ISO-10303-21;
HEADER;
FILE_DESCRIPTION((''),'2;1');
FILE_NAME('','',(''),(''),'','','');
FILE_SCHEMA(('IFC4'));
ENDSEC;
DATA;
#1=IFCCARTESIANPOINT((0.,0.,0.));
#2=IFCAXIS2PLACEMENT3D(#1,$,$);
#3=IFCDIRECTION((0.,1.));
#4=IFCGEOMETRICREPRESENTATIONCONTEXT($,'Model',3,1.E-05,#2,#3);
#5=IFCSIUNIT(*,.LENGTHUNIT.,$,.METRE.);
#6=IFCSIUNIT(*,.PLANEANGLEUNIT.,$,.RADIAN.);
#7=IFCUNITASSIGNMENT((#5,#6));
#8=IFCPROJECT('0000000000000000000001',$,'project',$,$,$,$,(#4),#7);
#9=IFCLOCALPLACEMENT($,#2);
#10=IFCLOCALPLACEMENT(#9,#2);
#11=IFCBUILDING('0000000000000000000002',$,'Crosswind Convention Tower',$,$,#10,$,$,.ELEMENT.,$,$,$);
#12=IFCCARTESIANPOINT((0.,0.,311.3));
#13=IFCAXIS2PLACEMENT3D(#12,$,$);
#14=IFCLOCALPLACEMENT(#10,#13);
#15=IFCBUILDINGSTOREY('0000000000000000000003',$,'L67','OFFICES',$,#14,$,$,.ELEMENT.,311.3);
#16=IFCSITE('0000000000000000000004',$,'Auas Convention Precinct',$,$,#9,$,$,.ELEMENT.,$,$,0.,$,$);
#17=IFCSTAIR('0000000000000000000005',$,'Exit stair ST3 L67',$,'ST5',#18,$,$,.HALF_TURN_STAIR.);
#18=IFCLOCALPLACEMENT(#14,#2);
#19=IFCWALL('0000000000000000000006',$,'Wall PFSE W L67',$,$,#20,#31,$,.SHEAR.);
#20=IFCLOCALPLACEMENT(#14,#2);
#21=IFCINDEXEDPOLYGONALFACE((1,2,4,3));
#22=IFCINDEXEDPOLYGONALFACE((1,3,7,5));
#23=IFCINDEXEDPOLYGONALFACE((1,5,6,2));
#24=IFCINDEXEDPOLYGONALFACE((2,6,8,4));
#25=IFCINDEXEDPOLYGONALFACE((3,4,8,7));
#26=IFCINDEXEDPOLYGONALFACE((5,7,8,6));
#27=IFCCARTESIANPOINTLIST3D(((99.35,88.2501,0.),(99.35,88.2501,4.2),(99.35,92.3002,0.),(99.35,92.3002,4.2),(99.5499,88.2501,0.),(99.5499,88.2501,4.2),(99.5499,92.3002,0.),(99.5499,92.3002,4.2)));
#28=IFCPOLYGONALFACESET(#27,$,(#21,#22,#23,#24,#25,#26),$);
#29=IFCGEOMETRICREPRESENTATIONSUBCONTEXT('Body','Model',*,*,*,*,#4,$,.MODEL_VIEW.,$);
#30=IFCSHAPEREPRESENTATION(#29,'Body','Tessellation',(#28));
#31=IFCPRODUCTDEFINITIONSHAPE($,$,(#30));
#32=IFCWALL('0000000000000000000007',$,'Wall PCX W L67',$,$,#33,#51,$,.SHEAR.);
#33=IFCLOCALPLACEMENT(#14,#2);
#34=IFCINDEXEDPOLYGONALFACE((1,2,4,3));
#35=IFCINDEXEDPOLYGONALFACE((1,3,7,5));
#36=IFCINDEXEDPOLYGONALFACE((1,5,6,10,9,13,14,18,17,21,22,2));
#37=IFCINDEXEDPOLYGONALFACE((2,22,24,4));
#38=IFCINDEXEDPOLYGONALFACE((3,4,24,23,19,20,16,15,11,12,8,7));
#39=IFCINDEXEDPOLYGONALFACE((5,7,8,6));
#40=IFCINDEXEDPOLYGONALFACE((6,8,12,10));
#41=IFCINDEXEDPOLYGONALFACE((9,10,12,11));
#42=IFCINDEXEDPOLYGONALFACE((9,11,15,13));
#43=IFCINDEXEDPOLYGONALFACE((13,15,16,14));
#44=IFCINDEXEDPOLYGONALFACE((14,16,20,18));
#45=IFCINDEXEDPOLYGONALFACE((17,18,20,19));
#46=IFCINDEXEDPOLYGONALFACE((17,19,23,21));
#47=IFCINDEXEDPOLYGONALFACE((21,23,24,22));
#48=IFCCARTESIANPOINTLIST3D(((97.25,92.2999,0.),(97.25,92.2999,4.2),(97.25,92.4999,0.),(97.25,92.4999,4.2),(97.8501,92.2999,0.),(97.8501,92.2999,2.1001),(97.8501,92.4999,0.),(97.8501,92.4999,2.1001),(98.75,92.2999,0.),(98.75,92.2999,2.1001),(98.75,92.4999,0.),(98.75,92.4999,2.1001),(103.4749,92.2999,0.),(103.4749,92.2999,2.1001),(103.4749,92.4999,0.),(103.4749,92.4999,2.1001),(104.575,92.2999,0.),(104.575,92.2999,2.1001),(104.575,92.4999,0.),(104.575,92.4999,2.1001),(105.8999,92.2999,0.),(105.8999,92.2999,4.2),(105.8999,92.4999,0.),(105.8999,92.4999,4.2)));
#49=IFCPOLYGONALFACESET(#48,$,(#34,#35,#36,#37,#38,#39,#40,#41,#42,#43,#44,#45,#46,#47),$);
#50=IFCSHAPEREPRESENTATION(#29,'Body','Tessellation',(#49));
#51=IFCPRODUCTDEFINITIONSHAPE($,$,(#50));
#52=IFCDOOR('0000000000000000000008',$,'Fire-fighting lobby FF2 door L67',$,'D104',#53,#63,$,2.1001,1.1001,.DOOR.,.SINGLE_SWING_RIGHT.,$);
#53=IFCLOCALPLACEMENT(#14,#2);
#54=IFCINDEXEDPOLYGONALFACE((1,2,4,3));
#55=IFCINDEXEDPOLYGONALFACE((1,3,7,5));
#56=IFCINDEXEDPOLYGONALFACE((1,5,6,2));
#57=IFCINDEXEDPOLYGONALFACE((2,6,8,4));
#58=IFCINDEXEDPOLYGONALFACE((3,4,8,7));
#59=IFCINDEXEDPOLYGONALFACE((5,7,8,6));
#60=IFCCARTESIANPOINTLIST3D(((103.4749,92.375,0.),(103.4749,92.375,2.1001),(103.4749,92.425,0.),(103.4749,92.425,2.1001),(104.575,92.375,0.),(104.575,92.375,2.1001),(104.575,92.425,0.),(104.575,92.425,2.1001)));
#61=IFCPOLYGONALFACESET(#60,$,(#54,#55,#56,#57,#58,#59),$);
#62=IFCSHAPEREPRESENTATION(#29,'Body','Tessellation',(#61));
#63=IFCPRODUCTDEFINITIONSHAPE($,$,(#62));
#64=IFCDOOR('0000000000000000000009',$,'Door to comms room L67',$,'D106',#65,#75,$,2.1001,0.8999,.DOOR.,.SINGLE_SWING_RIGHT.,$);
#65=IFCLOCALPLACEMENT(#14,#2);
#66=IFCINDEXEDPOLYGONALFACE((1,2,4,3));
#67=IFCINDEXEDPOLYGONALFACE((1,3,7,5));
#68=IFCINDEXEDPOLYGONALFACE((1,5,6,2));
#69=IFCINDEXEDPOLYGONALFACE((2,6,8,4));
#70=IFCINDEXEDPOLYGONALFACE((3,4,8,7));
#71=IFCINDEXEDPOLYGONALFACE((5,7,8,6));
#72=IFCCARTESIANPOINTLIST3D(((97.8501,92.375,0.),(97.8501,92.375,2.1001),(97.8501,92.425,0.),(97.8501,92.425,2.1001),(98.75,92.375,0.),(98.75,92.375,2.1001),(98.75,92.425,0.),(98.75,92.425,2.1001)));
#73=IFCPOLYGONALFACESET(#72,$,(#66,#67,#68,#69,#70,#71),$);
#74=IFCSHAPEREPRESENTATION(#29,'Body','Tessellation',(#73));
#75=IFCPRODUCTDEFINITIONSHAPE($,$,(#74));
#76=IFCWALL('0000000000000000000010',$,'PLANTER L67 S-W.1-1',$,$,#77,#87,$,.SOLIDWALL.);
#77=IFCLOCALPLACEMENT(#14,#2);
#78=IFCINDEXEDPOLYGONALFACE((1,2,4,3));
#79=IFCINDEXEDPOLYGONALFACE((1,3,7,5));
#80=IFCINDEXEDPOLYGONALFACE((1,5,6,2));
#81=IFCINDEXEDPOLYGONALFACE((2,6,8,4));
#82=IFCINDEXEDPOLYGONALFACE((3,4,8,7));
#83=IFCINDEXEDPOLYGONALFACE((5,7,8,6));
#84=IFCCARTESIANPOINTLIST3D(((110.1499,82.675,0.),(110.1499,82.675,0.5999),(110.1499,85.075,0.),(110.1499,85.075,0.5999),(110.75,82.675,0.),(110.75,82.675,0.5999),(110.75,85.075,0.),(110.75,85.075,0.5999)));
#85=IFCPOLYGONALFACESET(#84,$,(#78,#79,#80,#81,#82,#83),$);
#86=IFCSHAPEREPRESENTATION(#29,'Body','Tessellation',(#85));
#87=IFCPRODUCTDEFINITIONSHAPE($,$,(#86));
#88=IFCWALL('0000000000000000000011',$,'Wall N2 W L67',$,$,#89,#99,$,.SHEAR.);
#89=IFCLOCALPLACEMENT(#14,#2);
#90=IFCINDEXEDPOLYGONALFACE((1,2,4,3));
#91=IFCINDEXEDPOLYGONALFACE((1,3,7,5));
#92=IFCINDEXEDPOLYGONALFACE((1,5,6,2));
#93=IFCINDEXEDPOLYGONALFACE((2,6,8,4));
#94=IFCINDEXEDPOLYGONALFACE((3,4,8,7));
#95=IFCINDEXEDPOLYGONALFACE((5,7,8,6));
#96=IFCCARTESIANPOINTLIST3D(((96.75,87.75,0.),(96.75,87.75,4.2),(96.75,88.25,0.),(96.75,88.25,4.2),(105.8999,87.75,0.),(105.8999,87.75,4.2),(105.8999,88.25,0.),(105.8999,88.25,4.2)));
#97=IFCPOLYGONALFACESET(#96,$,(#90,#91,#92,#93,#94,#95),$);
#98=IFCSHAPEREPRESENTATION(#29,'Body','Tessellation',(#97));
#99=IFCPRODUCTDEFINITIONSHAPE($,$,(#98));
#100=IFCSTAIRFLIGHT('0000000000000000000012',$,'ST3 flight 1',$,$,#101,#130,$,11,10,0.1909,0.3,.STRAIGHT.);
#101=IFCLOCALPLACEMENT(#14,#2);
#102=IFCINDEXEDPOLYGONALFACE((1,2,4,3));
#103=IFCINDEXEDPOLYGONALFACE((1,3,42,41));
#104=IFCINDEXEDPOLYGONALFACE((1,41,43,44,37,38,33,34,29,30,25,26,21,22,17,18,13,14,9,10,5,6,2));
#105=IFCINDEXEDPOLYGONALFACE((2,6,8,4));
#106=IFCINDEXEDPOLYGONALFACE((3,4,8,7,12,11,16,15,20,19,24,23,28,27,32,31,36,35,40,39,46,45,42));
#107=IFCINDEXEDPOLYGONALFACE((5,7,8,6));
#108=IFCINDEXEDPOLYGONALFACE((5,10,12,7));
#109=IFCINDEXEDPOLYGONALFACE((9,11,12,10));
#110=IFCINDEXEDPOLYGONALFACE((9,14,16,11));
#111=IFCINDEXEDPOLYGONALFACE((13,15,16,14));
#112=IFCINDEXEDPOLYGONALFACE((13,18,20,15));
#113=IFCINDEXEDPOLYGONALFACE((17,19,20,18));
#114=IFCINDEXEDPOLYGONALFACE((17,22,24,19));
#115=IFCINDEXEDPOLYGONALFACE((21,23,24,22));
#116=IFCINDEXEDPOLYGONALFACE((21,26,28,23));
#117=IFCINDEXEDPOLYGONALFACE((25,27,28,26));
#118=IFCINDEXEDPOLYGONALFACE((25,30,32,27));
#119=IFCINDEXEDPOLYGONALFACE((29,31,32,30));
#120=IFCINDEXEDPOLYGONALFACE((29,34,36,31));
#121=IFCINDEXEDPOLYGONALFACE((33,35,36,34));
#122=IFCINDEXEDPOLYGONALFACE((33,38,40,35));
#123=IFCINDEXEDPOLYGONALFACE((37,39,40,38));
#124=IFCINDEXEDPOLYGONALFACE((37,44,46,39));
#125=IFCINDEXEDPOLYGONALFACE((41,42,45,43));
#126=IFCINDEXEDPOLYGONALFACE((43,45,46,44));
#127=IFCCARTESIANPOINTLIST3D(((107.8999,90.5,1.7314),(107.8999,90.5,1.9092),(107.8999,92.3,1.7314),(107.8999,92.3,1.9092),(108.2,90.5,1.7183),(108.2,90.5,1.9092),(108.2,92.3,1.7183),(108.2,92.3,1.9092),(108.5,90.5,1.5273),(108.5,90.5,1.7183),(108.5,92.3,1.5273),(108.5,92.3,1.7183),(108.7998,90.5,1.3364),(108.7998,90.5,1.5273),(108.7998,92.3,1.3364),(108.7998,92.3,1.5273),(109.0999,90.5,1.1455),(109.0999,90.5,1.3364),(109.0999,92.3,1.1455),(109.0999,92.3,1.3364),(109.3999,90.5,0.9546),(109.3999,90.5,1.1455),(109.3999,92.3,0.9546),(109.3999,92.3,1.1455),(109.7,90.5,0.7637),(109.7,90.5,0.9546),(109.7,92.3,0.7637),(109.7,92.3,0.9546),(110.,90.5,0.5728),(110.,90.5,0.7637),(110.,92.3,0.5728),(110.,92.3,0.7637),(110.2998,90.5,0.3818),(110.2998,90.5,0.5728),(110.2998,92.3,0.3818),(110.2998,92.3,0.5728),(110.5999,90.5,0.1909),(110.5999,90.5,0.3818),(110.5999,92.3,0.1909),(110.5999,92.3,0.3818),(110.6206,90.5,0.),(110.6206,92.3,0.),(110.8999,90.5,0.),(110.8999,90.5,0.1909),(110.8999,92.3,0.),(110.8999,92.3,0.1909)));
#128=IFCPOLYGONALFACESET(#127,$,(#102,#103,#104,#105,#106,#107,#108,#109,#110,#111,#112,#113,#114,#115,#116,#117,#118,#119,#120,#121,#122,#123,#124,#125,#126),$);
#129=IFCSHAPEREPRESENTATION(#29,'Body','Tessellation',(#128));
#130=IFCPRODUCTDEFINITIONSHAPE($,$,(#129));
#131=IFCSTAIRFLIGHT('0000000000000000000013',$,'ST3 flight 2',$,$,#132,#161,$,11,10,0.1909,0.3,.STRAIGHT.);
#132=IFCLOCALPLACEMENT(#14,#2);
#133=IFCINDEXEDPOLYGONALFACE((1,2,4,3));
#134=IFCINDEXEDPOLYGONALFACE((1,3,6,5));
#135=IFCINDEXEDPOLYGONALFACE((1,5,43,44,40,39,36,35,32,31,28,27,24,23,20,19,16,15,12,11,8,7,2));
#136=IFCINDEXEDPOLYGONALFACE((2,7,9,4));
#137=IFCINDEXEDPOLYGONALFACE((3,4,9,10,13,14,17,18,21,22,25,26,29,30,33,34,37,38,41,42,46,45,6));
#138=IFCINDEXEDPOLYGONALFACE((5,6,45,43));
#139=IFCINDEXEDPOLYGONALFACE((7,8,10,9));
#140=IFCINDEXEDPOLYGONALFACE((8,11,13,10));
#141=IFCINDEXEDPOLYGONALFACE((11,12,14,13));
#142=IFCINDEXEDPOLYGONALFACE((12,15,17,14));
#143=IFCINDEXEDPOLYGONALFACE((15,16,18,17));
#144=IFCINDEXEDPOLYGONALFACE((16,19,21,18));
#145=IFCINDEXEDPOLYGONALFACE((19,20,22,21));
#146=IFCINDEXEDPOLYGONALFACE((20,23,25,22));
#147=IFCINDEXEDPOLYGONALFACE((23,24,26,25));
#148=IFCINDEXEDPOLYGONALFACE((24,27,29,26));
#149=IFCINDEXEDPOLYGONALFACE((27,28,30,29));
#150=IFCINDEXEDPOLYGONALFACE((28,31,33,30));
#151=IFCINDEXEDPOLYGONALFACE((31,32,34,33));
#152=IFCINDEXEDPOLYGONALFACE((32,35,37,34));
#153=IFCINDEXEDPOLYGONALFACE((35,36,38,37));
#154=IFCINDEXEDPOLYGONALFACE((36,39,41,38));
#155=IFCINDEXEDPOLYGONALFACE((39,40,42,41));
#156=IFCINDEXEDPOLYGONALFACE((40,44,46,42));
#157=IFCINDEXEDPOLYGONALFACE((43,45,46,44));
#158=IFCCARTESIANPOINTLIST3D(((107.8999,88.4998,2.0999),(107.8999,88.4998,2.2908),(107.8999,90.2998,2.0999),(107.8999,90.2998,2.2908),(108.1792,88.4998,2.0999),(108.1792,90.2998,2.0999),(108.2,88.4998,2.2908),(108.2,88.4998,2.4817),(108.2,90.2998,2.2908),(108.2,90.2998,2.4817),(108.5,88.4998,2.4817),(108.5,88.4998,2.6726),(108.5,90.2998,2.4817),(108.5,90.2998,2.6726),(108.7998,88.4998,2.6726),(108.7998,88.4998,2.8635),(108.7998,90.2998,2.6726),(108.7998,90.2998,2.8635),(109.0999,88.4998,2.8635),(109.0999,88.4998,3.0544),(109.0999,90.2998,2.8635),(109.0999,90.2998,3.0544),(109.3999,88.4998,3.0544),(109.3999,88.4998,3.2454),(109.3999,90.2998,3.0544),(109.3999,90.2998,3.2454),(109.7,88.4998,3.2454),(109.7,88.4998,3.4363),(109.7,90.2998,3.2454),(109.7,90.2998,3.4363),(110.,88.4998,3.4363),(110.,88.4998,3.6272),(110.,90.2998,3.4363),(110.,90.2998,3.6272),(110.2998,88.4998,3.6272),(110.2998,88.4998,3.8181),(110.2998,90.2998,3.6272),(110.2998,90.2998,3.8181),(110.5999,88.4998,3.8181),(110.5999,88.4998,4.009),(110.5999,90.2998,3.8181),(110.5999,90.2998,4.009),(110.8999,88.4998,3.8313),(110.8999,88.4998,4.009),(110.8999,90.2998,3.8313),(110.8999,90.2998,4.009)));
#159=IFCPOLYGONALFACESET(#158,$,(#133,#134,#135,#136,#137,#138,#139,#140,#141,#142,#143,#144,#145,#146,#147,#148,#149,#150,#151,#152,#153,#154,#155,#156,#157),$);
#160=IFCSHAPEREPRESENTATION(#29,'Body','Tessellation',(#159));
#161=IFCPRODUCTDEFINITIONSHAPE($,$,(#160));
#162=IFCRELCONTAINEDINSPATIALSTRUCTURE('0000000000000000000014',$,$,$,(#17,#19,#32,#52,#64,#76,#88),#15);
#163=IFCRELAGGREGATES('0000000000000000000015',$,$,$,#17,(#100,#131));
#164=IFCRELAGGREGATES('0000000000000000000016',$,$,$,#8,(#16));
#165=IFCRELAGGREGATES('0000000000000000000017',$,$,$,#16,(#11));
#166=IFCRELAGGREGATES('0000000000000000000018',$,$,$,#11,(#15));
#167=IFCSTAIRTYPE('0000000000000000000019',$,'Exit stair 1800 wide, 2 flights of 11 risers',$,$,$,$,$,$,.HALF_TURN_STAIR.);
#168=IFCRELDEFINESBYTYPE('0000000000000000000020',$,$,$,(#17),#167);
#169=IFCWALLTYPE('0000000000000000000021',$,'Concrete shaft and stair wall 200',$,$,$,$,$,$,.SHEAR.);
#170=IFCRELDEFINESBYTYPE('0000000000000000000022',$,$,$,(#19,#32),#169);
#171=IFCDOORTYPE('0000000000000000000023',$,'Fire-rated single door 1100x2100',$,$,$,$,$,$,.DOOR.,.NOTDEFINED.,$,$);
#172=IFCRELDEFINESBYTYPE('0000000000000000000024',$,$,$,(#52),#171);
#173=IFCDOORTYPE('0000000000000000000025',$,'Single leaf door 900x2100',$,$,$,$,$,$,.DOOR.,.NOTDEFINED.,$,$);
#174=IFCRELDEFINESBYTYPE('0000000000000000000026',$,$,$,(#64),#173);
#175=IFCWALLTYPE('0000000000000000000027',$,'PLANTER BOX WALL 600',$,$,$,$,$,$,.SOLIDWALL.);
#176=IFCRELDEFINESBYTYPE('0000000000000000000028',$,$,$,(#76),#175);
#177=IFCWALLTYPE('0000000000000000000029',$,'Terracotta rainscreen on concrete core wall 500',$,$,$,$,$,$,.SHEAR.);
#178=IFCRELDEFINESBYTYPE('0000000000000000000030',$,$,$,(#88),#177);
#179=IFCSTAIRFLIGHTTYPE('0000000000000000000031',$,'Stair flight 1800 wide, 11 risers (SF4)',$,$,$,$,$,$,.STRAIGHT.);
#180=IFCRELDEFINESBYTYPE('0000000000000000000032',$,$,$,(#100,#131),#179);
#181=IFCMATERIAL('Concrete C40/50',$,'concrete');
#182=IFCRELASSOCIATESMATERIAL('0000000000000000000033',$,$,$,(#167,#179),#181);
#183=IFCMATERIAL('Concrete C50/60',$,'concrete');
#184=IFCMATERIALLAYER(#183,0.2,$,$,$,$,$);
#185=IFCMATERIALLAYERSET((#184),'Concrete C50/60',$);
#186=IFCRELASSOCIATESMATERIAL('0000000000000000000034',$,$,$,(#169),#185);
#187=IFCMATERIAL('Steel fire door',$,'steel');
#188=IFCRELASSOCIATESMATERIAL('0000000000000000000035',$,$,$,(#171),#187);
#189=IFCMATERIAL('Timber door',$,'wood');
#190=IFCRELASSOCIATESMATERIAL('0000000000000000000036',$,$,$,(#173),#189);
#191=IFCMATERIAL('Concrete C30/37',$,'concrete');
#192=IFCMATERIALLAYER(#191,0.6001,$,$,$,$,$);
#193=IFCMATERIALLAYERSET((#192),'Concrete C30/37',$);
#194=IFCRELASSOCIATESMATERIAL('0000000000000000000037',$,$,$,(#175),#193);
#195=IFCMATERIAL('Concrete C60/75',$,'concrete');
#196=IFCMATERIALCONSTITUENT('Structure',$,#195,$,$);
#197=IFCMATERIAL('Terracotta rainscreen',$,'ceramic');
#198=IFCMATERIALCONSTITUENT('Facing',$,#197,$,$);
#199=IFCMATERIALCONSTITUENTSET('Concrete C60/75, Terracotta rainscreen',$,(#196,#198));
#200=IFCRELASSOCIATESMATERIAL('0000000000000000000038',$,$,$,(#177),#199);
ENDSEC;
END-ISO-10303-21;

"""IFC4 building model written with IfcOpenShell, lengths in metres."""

from ifc_helpers import new_model, si_unit, direction, frame, frame_2d, origin, place, context, subcontext, project, spatial, polyline, rectangle, outline, extrude, material, layer, layer_set, constituent, constituent_set, type_object, element, fill, aggregate, save


model = new_model("IFC4")

# Units and contexts
model_context = context("Model", 3, precision=1e-05, world=origin(), true_north=direction((0.0, 1.0)))
body_context = subcontext(model_context, "Body", "Model", "MODEL_VIEW")
ifc_project = project(units=[si_unit("LENGTHUNIT", "METRE"), si_unit("PLANEANGLEUNIT", "RADIAN")], contexts=[model_context])

# Site, building, storey
site_placement = place(None, origin())
site = spatial("IfcSite", under=ifc_project, at=site_placement, Name="Auas Convention Precinct", CompositionType="ELEMENT", RefElevation=0.0)
building_placement = place(site_placement, origin())
building = spatial("IfcBuilding", under=site, at=building_placement, Name="Crosswind Convention Tower", CompositionType="ELEMENT")
storey_placement = place(building_placement, frame((0.0, 0.0, 311.3)))
storey = spatial("IfcBuildingStorey", under=building, at=storey_placement, Name="L67", Description="OFFICES", CompositionType="ELEMENT", Elevation=311.3)

# Shared definitions
ifc_material_1 = material(Name="Concrete C40/50", Category="concrete")

# Stair
stair_type = type_object("IfcStairType", Name="Exit stair 1800 wide, 2 flights of 11 risers", PredefinedType="HALF_TURN_STAIR", material=ifc_material_1)
stair_1_placement = place(storey_placement, origin())
stair_1 = element("IfcStair", 1, at=stair_1_placement, inside=storey, type_object=stair_type, Name="Exit stair ST3 L67", ObjectType="ST5", PredefinedType="HALF_TURN_STAIR")

# Shared definitions
ifc_material_2 = material(Name="Concrete C50/60", Category="concrete")
ifc_layer_1 = layer(ifc_material_2, 0.2)
ifc_layer_set_1 = layer_set([ifc_layer_1], Name="Concrete C50/60")
wall_type_1 = type_object("IfcWallType", Name="Concrete shaft and stair wall 200", PredefinedType="SHEAR", material=ifc_layer_set_1)

# Wall
wall_1_placement = place(storey_placement, frame((99.45, 92.3, 0.0), z_axis=(0.0, 0.0, 1.0), x_axis=(0.0, -1.0, 0.0)))
element("IfcWall", 2, at=wall_1_placement, inside=storey, type_object=wall_type_1, Name="Wall PFSE W L67", PredefinedType="SHEAR", context=body_context, shape_type="SweptSolid", body=[
    extrude(rectangle(XDim=4.05, YDim=0.2, at=frame_2d((2.0249, 0.0))), origin(), (0.0, 0.0, 1.0), 4.2),
])

# Wall, openings, doors
wall_2_placement = place(storey_placement, frame((105.8999, 92.3999, 0.0), z_axis=(0.0, 0.0, 1.0), x_axis=(-1.0, 0.0, 0.0)))
wall_2 = element("IfcWall", 3, at=wall_2_placement, inside=storey, type_object=wall_type_1, Name="Wall PCX W L67", PredefinedType="SHEAR", context=body_context, shape_type="SweptSolid", body=[
    extrude(rectangle(XDim=8.6499, YDim=0.2, at=frame_2d((4.325, 0.0))), origin(), (0.0, 0.0, 1.0), 4.2),
])
opening_1_placement = place(wall_2_placement, frame((1.325, 0.0, 0.0)))
opening_1 = element("IfcOpeningElement", 4, at=opening_1_placement, cuts=wall_2, PredefinedType="OPENING", context=body_context, shape_type="SweptSolid", body=[
    extrude(rectangle(XDim=1.1001, YDim=2.1001, at=frame_2d((0.55, 1.05))), frame((0.0, 0.1099, 0.0), z_axis=(0.0, -1.0, 0.0), x_axis=(1.0, 0.0, 0.0)), (0.0, 0.0, 1.0), 0.22),
])
opening_2_placement = place(wall_2_placement, frame((7.1499, 0.0, 0.0)))
opening_2 = element("IfcOpeningElement", 5, at=opening_2_placement, cuts=wall_2, PredefinedType="OPENING", context=body_context, shape_type="SweptSolid", body=[
    extrude(rectangle(XDim=0.8999, YDim=2.1001, at=frame_2d((0.45, 1.05))), frame((0.0, 0.1099, 0.0), z_axis=(0.0, -1.0, 0.0), x_axis=(1.0, 0.0, 0.0)), (0.0, 0.0, 1.0), 0.22),
])
ifc_material_3 = material(Name="Steel fire door", Category="steel")
door_type_1 = type_object("IfcDoorType", Name="Fire-rated single door 1100x2100", OperationType="NOTDEFINED", PredefinedType="DOOR", material=ifc_material_3)
door_1_placement = place(opening_1_placement, origin())
door_1 = element("IfcDoor", 6, at=door_1_placement, inside=storey, type_object=door_type_1, Name="Fire-fighting lobby FF2 door L67", ObjectType="D104", OperationType="SINGLE_SWING_RIGHT", OverallHeight=2.1001, OverallWidth=1.1001, PredefinedType="DOOR", context=body_context, shape_type="SweptSolid", body=[
    extrude(rectangle(XDim=1.1001, YDim=2.1001, at=frame_2d((0.55, 1.05))), frame((0.0, 0.0249, 0.0), z_axis=(0.0, -1.0, 0.0), x_axis=(1.0, 0.0, 0.0)), (0.0, 0.0, 1.0), 0.05),
])
fill(opening_1, door_1)
ifc_material_4 = material(Name="Timber door", Category="wood")
door_type_2 = type_object("IfcDoorType", Name="Single leaf door 900x2100", OperationType="NOTDEFINED", PredefinedType="DOOR", material=ifc_material_4)
door_2_placement = place(opening_2_placement, origin())
door_2 = element("IfcDoor", 7, at=door_2_placement, inside=storey, type_object=door_type_2, Name="Door to comms room L67", ObjectType="D106", OperationType="SINGLE_SWING_RIGHT", OverallHeight=2.1001, OverallWidth=0.8999, PredefinedType="DOOR", context=body_context, shape_type="SweptSolid", body=[
    extrude(rectangle(XDim=0.8999, YDim=2.1001, at=frame_2d((0.45, 1.05))), frame((0.0, 0.0249, 0.0), z_axis=(0.0, -1.0, 0.0), x_axis=(1.0, 0.0, 0.0)), (0.0, 0.0, 1.0), 0.05),
])
fill(opening_2, door_2)

# Wall
ifc_material_5 = material(Name="Concrete C30/37", Category="concrete")
ifc_layer_2 = layer(ifc_material_5, 0.6001)
ifc_layer_set_2 = layer_set([ifc_layer_2], Name="Concrete C30/37")
wall_type_2 = type_object("IfcWallType", Name="PLANTER BOX WALL 600", PredefinedType="SOLIDWALL", material=ifc_layer_set_2)
wall_3_placement = place(storey_placement, frame((110.45, 85.075, 0.0), z_axis=(0.0, 0.0, 1.0), x_axis=(0.0, -1.0, 0.0)))
element("IfcWall", 8, at=wall_3_placement, inside=storey, type_object=wall_type_2, Name="PLANTER L67 S-W.1-1", PredefinedType="SOLIDWALL", context=body_context, shape_type="SweptSolid", body=[
    extrude(rectangle(XDim=2.3999, YDim=0.6001, at=frame_2d((1.2, 0.0))), origin(), (0.0, 0.0, 1.0), 0.5999),
])

# Shared definitions
ifc_material_6 = material(Name="Terracotta rainscreen", Category="ceramic")

# Wall
ifc_material_7 = material(Name="Concrete C60/75", Category="concrete")
ifc_constituent_1 = constituent(ifc_material_7, Name="Structure")
ifc_constituent_2 = constituent(ifc_material_6, Name="Facing")
ifc_constituent_set = constituent_set(constituents=[ifc_constituent_1, ifc_constituent_2], Name="Concrete C60/75, Terracotta rainscreen")
wall_type_3 = type_object("IfcWallType", Name="Terracotta rainscreen on concrete core wall 500", PredefinedType="SHEAR", material=ifc_constituent_set)
wall_4_placement = place(storey_placement, frame((105.8999, 88.0, 0.0), z_axis=(0.0, 0.0, 1.0), x_axis=(-1.0, 0.0, 0.0)))
element("IfcWall", 9, at=wall_4_placement, inside=storey, type_object=wall_type_3, Name="Wall N2 W L67", PredefinedType="SHEAR", context=body_context, shape_type="SweptSolid", body=[
    extrude(rectangle(XDim=9.1499, YDim=0.5, at=frame_2d((4.575, 0.0))), origin(), (0.0, 0.0, 1.0), 4.2),
])

# Stair flights
stair_flight_type = type_object("IfcStairFlightType", Name="Stair flight 1800 wide, 11 risers (SF4)", PredefinedType="STRAIGHT", material=ifc_material_1)
stair_flight_1_placement = place(storey_placement, frame((110.8999, 91.3999, 0.0), z_axis=(0.0, 0.0, 1.0), x_axis=(-1.0, 0.0, 0.0)))
stair_flight_1 = element("IfcStairFlight", 10, at=stair_flight_1_placement, type_object=stair_flight_type, Name="ST3 flight 1", NumberOfRisers=11, NumberOfTreads=10, PredefinedType="STRAIGHT", RiserHeight=0.1909, TreadLength=0.3, context=body_context, shape_type="SweptSolid", body=[
    extrude(outline(polyline([(0.0, 0.0), (0.0, 0.1909), (0.3, 0.1909), (0.3, 0.3818), (0.6001, 0.3818), (0.6001, 0.5728), (0.8999, 0.5728), (0.8999, 0.7637), (1.2, 0.7637), (1.2, 0.9546), (1.5, 0.9546), (1.5, 1.1455), (1.8, 1.1455), (1.8, 1.3364), (2.1001, 1.3364), (2.1001, 1.5273), (2.3999, 1.5273), (2.3999, 1.7183), (2.7, 1.7183), (2.7, 1.9092), (3.0, 1.9092), (3.0, 2.1001), (3.0, 1.7314), (0.2793, 0.0), (0.0, 0.0)])), frame((0.0, 0.8999, 0.0), z_axis=(0.0, -1.0, 0.0), x_axis=(1.0, 0.0, 0.0)), (0.0, 0.0, 1.0), 1.8),
])
stair_flight_2_placement = place(storey_placement, frame((107.8999, 89.3999, 2.0999), z_axis=(0.0, 0.0, 1.0), x_axis=(1.0, 0.0, 0.0)))
stair_flight_2 = element("IfcStairFlight", 11, at=stair_flight_2_placement, type_object=stair_flight_type, Name="ST3 flight 2", NumberOfRisers=11, NumberOfTreads=10, PredefinedType="STRAIGHT", RiserHeight=0.1909, TreadLength=0.3, context=body_context, shape_type="SweptSolid", body=[
    extrude(outline(polyline([(0.0, 0.0), (0.0, 0.1909), (0.3, 0.1909), (0.3, 0.3818), (0.6001, 0.3818), (0.6001, 0.5728), (0.8999, 0.5728), (0.8999, 0.7637), (1.2, 0.7637), (1.2, 0.9546), (1.5, 0.9546), (1.5, 1.1455), (1.8, 1.1455), (1.8, 1.3364), (2.1001, 1.3364), (2.1001, 1.5273), (2.3999, 1.5273), (2.3999, 1.7183), (2.7, 1.7183), (2.7, 1.9092), (3.0, 1.9092), (3.0, 2.1001), (3.0, 1.7314), (0.2793, 0.0), (0.0, 0.0)])), frame((0.0, 0.8999, 0.0), z_axis=(0.0, -1.0, 0.0), x_axis=(1.0, 0.0, 0.0)), (0.0, 0.0, 1.0), 1.8),
])
aggregate(stair_1, [stair_flight_1, stair_flight_2])

save(model, "model.ifc")
